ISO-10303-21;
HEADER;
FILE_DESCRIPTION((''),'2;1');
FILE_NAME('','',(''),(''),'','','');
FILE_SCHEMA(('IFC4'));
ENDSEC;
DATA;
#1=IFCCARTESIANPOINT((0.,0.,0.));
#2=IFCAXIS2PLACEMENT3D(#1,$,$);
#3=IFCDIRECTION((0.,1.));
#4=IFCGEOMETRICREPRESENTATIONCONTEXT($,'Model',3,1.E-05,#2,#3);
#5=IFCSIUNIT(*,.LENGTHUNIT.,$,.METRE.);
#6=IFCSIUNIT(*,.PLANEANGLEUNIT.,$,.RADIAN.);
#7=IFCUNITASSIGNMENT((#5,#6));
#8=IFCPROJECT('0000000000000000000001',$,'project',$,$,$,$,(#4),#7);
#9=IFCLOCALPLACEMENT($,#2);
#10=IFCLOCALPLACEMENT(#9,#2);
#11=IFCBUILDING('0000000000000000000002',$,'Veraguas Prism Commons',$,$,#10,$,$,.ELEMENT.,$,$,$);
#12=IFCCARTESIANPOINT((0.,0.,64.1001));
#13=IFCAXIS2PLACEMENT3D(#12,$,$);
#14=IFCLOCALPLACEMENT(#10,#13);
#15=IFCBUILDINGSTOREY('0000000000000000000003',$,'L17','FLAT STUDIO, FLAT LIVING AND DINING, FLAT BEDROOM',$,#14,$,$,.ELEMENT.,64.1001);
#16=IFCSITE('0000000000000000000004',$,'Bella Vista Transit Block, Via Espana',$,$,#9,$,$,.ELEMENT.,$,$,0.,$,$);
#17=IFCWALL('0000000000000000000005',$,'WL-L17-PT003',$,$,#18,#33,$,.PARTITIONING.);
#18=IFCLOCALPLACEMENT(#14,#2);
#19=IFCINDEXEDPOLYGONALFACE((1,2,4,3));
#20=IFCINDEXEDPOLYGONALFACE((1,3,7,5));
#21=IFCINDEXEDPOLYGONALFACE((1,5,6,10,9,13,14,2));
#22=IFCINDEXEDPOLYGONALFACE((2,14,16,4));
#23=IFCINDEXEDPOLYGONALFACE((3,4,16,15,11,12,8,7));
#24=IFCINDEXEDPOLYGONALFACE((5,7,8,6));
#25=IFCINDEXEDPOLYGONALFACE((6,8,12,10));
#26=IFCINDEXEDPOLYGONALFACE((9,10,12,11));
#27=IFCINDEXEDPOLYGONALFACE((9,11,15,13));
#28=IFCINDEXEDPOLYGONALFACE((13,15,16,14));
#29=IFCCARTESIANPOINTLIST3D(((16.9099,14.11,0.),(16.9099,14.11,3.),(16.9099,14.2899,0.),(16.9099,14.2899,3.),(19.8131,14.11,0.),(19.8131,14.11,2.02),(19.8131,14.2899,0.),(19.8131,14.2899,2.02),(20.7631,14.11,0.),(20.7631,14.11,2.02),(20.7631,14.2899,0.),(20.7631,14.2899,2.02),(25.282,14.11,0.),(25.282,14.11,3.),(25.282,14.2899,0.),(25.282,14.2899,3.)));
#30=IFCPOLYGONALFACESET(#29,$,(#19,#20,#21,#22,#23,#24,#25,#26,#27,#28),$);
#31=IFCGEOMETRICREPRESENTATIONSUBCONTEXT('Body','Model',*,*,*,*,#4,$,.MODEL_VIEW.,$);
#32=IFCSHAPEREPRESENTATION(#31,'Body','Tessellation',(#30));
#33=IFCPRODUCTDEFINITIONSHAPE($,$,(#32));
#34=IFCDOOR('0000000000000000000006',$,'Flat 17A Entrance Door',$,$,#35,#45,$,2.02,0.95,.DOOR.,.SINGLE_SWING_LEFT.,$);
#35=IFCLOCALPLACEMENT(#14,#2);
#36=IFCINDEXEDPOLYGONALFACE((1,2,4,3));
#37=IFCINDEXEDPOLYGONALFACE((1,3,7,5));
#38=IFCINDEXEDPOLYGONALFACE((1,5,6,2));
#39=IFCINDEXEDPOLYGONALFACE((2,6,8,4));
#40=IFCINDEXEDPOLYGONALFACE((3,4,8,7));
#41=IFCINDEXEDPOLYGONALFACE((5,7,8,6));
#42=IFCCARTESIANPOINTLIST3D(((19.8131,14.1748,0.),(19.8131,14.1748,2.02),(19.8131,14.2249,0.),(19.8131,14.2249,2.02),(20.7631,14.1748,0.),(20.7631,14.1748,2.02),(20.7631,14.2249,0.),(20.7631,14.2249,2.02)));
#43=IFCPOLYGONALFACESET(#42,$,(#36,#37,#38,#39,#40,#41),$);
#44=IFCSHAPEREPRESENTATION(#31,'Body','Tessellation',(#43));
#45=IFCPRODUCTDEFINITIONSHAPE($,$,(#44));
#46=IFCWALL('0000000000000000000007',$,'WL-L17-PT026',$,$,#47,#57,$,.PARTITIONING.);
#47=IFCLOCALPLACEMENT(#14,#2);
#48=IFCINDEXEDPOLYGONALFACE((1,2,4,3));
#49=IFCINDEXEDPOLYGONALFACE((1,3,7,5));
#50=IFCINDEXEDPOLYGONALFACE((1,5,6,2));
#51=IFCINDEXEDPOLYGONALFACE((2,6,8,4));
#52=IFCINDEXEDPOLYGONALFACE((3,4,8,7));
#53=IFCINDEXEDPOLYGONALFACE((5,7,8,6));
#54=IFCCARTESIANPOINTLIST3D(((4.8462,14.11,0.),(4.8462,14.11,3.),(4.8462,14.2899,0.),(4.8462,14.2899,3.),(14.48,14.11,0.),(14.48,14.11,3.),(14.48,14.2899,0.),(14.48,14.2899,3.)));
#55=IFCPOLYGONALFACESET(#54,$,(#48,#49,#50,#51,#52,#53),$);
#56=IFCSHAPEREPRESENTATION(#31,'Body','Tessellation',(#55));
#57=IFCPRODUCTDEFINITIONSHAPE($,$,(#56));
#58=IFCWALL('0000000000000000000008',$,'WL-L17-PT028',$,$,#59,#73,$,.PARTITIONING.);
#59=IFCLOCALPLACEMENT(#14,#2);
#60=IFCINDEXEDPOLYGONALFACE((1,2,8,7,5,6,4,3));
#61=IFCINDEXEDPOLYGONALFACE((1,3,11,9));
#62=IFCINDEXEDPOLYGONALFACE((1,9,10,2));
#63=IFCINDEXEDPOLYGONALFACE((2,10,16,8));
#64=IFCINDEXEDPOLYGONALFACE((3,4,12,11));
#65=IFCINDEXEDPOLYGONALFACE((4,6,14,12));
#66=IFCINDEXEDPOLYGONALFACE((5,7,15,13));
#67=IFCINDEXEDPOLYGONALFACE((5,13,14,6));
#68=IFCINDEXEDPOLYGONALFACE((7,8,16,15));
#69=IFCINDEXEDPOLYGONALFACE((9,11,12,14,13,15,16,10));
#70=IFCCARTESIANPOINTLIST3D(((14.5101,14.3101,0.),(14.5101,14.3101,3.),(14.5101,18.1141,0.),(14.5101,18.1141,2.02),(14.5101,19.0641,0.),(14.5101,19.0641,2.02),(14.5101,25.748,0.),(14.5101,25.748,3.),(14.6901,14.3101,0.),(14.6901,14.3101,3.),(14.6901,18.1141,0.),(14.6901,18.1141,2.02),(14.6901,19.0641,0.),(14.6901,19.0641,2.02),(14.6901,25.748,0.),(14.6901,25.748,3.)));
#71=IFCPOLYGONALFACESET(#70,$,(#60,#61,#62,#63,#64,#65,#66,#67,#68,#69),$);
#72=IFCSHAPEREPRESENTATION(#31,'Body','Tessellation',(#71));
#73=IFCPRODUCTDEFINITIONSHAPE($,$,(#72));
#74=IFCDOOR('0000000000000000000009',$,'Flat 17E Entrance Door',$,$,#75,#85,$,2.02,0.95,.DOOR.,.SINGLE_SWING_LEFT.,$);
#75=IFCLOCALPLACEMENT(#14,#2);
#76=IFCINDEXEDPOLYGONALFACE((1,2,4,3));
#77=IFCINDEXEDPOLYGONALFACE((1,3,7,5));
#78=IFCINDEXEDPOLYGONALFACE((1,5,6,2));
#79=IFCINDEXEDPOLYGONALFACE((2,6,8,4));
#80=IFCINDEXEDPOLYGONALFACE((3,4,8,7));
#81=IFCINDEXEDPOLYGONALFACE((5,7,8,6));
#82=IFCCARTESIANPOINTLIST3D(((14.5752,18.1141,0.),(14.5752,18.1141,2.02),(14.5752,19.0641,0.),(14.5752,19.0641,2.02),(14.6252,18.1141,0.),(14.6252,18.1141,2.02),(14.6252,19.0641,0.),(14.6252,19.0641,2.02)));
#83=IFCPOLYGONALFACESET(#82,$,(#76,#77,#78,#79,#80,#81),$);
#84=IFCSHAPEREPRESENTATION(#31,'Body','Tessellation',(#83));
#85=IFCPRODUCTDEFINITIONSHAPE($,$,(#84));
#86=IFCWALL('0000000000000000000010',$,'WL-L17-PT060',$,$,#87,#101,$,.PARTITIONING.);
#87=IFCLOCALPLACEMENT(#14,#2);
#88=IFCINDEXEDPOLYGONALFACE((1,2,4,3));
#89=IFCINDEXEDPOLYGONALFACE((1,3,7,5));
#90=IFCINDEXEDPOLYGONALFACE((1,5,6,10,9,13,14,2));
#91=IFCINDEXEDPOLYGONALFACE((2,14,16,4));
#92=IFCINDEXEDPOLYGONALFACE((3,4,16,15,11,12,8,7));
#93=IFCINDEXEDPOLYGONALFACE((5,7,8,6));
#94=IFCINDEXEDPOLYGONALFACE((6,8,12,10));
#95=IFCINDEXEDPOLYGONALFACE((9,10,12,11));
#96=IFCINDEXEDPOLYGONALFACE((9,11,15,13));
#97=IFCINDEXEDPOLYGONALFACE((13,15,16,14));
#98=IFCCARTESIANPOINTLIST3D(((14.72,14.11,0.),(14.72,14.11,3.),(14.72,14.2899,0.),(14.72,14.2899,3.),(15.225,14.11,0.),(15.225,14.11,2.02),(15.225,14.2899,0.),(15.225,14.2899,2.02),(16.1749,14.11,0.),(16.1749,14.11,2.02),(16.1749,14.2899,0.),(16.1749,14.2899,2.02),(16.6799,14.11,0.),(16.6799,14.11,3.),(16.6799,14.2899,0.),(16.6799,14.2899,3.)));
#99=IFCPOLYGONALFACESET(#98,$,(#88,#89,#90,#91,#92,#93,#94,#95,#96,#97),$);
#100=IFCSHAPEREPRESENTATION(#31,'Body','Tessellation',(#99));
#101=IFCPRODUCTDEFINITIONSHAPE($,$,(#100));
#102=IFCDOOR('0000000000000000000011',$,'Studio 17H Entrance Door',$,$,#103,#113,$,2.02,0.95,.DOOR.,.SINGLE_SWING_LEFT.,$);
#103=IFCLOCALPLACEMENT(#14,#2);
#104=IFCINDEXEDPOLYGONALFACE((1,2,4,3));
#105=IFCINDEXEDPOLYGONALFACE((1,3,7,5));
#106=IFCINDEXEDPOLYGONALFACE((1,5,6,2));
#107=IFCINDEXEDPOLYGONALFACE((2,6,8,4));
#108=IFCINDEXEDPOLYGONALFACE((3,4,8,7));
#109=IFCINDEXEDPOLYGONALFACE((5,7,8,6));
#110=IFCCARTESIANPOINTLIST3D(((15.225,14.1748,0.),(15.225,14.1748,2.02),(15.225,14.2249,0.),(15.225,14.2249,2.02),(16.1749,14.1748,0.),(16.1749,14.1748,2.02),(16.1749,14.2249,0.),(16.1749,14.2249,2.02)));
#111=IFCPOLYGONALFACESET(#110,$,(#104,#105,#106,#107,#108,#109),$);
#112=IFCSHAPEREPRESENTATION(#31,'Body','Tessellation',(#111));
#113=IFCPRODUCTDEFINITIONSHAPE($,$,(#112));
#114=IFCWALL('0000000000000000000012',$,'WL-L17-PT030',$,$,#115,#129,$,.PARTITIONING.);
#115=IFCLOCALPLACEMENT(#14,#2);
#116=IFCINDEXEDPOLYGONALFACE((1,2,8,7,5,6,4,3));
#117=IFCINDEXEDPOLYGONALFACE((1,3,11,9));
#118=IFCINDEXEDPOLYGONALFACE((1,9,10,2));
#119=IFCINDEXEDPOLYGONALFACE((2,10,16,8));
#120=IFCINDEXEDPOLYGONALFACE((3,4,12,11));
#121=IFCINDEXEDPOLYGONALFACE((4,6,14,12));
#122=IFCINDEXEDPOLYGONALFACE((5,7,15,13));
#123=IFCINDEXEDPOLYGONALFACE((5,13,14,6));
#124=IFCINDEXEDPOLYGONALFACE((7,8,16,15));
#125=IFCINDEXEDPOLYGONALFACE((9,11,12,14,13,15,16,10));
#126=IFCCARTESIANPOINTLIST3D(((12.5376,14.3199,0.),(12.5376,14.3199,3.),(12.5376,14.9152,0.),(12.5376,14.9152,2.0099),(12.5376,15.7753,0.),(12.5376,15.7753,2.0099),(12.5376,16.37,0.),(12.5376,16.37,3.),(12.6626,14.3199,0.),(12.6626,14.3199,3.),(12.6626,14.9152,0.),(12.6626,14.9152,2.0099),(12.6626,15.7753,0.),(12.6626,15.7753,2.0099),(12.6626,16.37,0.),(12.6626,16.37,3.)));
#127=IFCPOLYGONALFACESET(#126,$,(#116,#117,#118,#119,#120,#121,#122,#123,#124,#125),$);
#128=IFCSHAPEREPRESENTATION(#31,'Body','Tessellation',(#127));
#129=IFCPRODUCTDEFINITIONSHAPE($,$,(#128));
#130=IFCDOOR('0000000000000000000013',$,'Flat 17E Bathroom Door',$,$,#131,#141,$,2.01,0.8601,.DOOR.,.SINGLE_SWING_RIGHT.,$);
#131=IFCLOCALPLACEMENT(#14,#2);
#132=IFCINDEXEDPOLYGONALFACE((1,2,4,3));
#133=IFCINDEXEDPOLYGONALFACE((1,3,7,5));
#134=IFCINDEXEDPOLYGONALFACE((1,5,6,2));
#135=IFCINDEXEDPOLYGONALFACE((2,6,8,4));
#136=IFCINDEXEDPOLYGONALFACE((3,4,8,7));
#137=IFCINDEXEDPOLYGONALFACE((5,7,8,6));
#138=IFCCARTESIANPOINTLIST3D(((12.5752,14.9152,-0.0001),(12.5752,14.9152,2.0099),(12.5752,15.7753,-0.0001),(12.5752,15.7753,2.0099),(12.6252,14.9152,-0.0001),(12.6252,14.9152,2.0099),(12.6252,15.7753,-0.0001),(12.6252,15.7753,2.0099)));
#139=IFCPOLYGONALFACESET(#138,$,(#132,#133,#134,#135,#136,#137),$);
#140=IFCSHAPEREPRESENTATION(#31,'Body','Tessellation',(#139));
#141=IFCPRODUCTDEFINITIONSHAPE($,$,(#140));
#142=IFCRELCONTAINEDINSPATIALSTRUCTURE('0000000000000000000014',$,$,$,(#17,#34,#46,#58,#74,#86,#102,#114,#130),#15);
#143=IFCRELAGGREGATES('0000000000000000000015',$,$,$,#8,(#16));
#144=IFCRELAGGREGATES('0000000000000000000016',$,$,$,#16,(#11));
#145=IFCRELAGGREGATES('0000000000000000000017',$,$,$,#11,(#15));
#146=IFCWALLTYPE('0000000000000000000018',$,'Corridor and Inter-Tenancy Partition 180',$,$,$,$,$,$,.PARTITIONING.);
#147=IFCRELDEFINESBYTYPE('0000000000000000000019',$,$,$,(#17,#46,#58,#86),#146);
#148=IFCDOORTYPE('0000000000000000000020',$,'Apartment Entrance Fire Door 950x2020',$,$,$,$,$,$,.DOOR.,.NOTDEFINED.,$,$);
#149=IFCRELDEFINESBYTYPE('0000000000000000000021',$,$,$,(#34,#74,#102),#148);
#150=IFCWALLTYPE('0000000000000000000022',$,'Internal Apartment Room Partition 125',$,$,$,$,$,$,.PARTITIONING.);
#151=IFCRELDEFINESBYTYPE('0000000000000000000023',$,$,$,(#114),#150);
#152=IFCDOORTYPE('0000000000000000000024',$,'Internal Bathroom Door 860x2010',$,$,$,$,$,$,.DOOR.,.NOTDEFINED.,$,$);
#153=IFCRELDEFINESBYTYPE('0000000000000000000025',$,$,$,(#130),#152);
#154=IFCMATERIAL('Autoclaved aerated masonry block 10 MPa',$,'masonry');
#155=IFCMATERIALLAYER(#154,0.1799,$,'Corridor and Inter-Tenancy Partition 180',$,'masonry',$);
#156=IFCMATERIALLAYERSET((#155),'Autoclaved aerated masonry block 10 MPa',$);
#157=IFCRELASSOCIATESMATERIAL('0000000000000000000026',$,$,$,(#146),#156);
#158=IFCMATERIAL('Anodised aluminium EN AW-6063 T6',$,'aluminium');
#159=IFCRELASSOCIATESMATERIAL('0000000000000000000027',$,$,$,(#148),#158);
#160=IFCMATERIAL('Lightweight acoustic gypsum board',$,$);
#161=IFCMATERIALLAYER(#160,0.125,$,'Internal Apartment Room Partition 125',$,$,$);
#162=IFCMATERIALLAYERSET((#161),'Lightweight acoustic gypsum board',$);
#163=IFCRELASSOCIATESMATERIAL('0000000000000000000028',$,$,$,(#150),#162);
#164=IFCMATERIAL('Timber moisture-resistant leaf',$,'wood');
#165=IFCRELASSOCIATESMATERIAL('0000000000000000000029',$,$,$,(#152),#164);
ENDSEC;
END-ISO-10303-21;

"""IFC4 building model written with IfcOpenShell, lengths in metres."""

from ifc_helpers import new_model, si_unit, direction, frame, frame_2d, origin, place, context, subcontext, project, spatial, rectangle, extrude, source, transform, mapped, material, layer, layer_set, type_object, element, fill, save


model = new_model("IFC4")

# Units and contexts
model_context = context("Model", 3, precision=1e-05, world=origin(), true_north=direction((0.0, 1.0)))
body_context = subcontext(model_context, "Body", "Model", "MODEL_VIEW")
ifc_project = project(units=[si_unit("LENGTHUNIT", "METRE"), si_unit("PLANEANGLEUNIT", "RADIAN")], contexts=[model_context])

# Site, building, storey
site_placement = place(None, origin())
site = spatial("IfcSite", under=ifc_project, at=site_placement, Name="Bella Vista Transit Block, Via Espana", CompositionType="ELEMENT", RefElevation=0.0)
building_placement = place(site_placement, origin())
building = spatial("IfcBuilding", under=site, at=building_placement, Name="Veraguas Prism Commons", CompositionType="ELEMENT")
storey_placement = place(building_placement, frame((0.0, 0.0, 64.1001)))
storey = spatial("IfcBuildingStorey", under=building, at=storey_placement, Name="L17", Description="FLAT STUDIO, FLAT LIVING AND DINING, FLAT BEDROOM", CompositionType="ELEMENT", Elevation=64.1001)

# Shared definitions
ifc_material_1 = material(Name="Autoclaved aerated masonry block 10 MPa", Category="masonry")
ifc_layer_1 = layer(ifc_material_1, 0.1799, Name="Corridor and Inter-Tenancy Partition 180", Category="masonry")
ifc_layer_set_1 = layer_set([ifc_layer_1], Name="Autoclaved aerated masonry block 10 MPa")
wall_type_1 = type_object("IfcWallType", Name="Corridor and Inter-Tenancy Partition 180", PredefinedType="PARTITIONING", material=ifc_layer_set_1)

# Wall, opening, door
wall_1_placement = place(storey_placement, frame((16.9099, 14.2, 0.0), z_axis=(0.0, 0.0, 1.0), x_axis=(1.0, 0.0, 0.0)))
wall_1 = element("IfcWall", 1, at=wall_1_placement, inside=storey, type_object=wall_type_1, Name="WL-L17-PT003", PredefinedType="PARTITIONING", context=body_context, shape_type="SweptSolid", body=[
    extrude(rectangle(XDim=8.3721, YDim=0.1799, at=frame_2d((4.186, 0.0))), origin(), (0.0, 0.0, 1.0), 3.0),
])
opening_1_placement = place(wall_1_placement, frame((2.9031, 0.0, 0.0)))
opening_1 = element("IfcOpeningElement", 2, at=opening_1_placement, cuts=wall_1, PredefinedType="OPENING", context=body_context, shape_type="SweptSolid", body=[
    extrude(rectangle(XDim=0.95, YDim=2.02, at=frame_2d((0.4751, 1.01))), frame((0.0, 0.0999, 0.0), z_axis=(0.0, -1.0, 0.0), x_axis=(1.0, 0.0, 0.0)), (0.0, 0.0, 1.0), 0.2),
])
ifc_material_2 = material(Name="Anodised aluminium EN AW-6063 T6", Category="aluminium")
door_type_1 = type_object("IfcDoorType", Name="Apartment Entrance Fire Door 950x2020", OperationType="NOTDEFINED", PredefinedType="DOOR", material=ifc_material_2)
shared_shape_1 = source(origin(), body_context, "Body", "SweptSolid", [
    extrude(rectangle(XDim=0.95, YDim=2.02, at=frame_2d((0.4751, 1.01))), frame((0.0, 0.0249, 0.0), z_axis=(0.0, -1.0, 0.0), x_axis=(1.0, 0.0, 0.0)), (0.0, 0.0, 1.0), 0.05),
])
door_1_placement = place(opening_1_placement, origin())
door_1 = element("IfcDoor", 3, at=door_1_placement, inside=storey, type_object=door_type_1, Name="Flat 17A Entrance Door", OperationType="SINGLE_SWING_LEFT", OverallHeight=2.02, OverallWidth=0.95, PredefinedType="DOOR", context=body_context, shape_type="MappedRepresentation", body=[
    mapped(shared_shape_1, transform((0.0, 0.0, 0.0), scale=1.0)),
])
fill(opening_1, door_1)

# Wall
wall_2_placement = place(storey_placement, frame((14.48, 14.2, 0.0), z_axis=(0.0, 0.0, 1.0), x_axis=(-1.0, 0.0, 0.0)))
element("IfcWall", 4, at=wall_2_placement, inside=storey, type_object=wall_type_1, Name="WL-L17-PT026", PredefinedType="PARTITIONING", context=body_context, shape_type="SweptSolid", body=[
    extrude(rectangle(XDim=9.6338, YDim=0.1799, at=frame_2d((4.8169, 0.0))), origin(), (0.0, 0.0, 1.0), 3.0),
])

# Walls, openings, doors
wall_3_placement = place(storey_placement, frame((14.6001, 14.3101, 0.0), z_axis=(0.0, 0.0, 1.0), x_axis=(0.0, 1.0, 0.0)))
wall_3 = element("IfcWall", 5, at=wall_3_placement, inside=storey, type_object=wall_type_1, Name="WL-L17-PT028", PredefinedType="PARTITIONING", context=body_context, shape_type="SweptSolid", body=[
    extrude(rectangle(XDim=11.438, YDim=0.1799, at=frame_2d((5.719, 0.0))), origin(), (0.0, 0.0, 1.0), 3.0),
])
opening_2_placement = place(wall_3_placement, frame((3.804, 0.0, 0.0)))
opening_2 = element("IfcOpeningElement", 6, at=opening_2_placement, cuts=wall_3, PredefinedType="OPENING", context=body_context, shape_type="SweptSolid", body=[
    extrude(rectangle(XDim=0.95, YDim=2.02, at=frame_2d((0.4751, 1.01))), frame((0.0, 0.0999, 0.0), z_axis=(0.0, -1.0, 0.0), x_axis=(1.0, 0.0, 0.0)), (0.0, 0.0, 1.0), 0.2),
])
door_2_placement = place(opening_2_placement, origin())
door_2 = element("IfcDoor", 7, at=door_2_placement, inside=storey, type_object=door_type_1, Name="Flat 17E Entrance Door", OperationType="SINGLE_SWING_LEFT", OverallHeight=2.02, OverallWidth=0.95, PredefinedType="DOOR", context=body_context, shape_type="MappedRepresentation", body=[
    mapped(shared_shape_1, transform((0.0, 0.0, 0.0), scale=1.0)),
])
fill(opening_2, door_2)
wall_4_placement = place(storey_placement, frame((14.72, 14.2, 0.0), z_axis=(0.0, 0.0, 1.0), x_axis=(1.0, 0.0, 0.0)))
wall_4 = element("IfcWall", 8, at=wall_4_placement, inside=storey, type_object=wall_type_1, Name="WL-L17-PT060", PredefinedType="PARTITIONING", context=body_context, shape_type="SweptSolid", body=[
    extrude(rectangle(XDim=1.96, YDim=0.1799, at=frame_2d((0.98, 0.0))), origin(), (0.0, 0.0, 1.0), 3.0),
])
opening_3_placement = place(wall_4_placement, frame((0.5049, 0.0, 0.0)))
opening_3 = element("IfcOpeningElement", 9, at=opening_3_placement, cuts=wall_4, PredefinedType="OPENING", context=body_context, shape_type="SweptSolid", body=[
    extrude(rectangle(XDim=0.95, YDim=2.02, at=frame_2d((0.4751, 1.01))), frame((0.0, 0.0999, 0.0), z_axis=(0.0, -1.0, 0.0), x_axis=(1.0, 0.0, 0.0)), (0.0, 0.0, 1.0), 0.2),
])
door_3_placement = place(opening_3_placement, origin())
door_3 = element("IfcDoor", 10, at=door_3_placement, inside=storey, type_object=door_type_1, Name="Studio 17H Entrance Door", OperationType="SINGLE_SWING_LEFT", OverallHeight=2.02, OverallWidth=0.95, PredefinedType="DOOR", context=body_context, shape_type="MappedRepresentation", body=[
    mapped(shared_shape_1, transform((0.0, 0.0, 0.0), scale=1.0)),
])
fill(opening_3, door_3)
ifc_material_3 = material(Name="Lightweight acoustic gypsum board")
ifc_layer_2 = layer(ifc_material_3, 0.125, Name="Internal Apartment Room Partition 125")
ifc_layer_set_2 = layer_set([ifc_layer_2], Name="Lightweight acoustic gypsum board")
wall_type_2 = type_object("IfcWallType", Name="Internal Apartment Room Partition 125", PredefinedType="PARTITIONING", material=ifc_layer_set_2)
wall_5_placement = place(storey_placement, frame((12.6001, 14.3201, 0.0), z_axis=(0.0, 0.0, 1.0), x_axis=(0.0, 1.0, 0.0)))
wall_5 = element("IfcWall", 11, at=wall_5_placement, inside=storey, type_object=wall_type_2, Name="WL-L17-PT030", PredefinedType="PARTITIONING", context=body_context, shape_type="SweptSolid", body=[
    extrude(rectangle(XDim=2.05, YDim=0.125, at=frame_2d((1.0249, 0.0))), origin(), (0.0, 0.0, 1.0), 3.0),
])
opening_4_placement = place(wall_5_placement, frame((0.595, 0.0, 0.0)))
opening_4 = element("IfcOpeningElement", 12, at=opening_4_placement, cuts=wall_5, PredefinedType="OPENING", context=body_context, shape_type="SweptSolid", body=[
    extrude(rectangle(XDim=0.8601, YDim=2.01, at=frame_2d((0.4302, 1.0049))), frame((0.0, 0.0725, 0.0), z_axis=(0.0, -1.0, 0.0), x_axis=(1.0, 0.0, 0.0)), (0.0, 0.0, 1.0), 0.145),
])
ifc_material_4 = material(Name="Timber moisture-resistant leaf", Category="wood")
door_type_2 = type_object("IfcDoorType", Name="Internal Bathroom Door 860x2010", OperationType="NOTDEFINED", PredefinedType="DOOR", material=ifc_material_4)
shared_shape_2 = source(origin(), body_context, "Body", "SweptSolid", [
    extrude(rectangle(XDim=0.8601, YDim=2.01, at=frame_2d((0.4302, 1.0049))), frame((0.0, 0.0249, 0.0), z_axis=(0.0, -1.0, 0.0), x_axis=(1.0, 0.0, 0.0)), (0.0, 0.0, 1.0), 0.05),
])
door_4_placement = place(opening_4_placement, origin())
door_4 = element("IfcDoor", 13, at=door_4_placement, inside=storey, type_object=door_type_2, Name="Flat 17E Bathroom Door", OperationType="SINGLE_SWING_RIGHT", OverallHeight=2.01, OverallWidth=0.8601, PredefinedType="DOOR", context=body_context, shape_type="MappedRepresentation", body=[
    mapped(shared_shape_2, transform((0.0, 0.0, 0.0), scale=1.0)),
])
fill(opening_4, door_4)

save(model, "model.ifc")
